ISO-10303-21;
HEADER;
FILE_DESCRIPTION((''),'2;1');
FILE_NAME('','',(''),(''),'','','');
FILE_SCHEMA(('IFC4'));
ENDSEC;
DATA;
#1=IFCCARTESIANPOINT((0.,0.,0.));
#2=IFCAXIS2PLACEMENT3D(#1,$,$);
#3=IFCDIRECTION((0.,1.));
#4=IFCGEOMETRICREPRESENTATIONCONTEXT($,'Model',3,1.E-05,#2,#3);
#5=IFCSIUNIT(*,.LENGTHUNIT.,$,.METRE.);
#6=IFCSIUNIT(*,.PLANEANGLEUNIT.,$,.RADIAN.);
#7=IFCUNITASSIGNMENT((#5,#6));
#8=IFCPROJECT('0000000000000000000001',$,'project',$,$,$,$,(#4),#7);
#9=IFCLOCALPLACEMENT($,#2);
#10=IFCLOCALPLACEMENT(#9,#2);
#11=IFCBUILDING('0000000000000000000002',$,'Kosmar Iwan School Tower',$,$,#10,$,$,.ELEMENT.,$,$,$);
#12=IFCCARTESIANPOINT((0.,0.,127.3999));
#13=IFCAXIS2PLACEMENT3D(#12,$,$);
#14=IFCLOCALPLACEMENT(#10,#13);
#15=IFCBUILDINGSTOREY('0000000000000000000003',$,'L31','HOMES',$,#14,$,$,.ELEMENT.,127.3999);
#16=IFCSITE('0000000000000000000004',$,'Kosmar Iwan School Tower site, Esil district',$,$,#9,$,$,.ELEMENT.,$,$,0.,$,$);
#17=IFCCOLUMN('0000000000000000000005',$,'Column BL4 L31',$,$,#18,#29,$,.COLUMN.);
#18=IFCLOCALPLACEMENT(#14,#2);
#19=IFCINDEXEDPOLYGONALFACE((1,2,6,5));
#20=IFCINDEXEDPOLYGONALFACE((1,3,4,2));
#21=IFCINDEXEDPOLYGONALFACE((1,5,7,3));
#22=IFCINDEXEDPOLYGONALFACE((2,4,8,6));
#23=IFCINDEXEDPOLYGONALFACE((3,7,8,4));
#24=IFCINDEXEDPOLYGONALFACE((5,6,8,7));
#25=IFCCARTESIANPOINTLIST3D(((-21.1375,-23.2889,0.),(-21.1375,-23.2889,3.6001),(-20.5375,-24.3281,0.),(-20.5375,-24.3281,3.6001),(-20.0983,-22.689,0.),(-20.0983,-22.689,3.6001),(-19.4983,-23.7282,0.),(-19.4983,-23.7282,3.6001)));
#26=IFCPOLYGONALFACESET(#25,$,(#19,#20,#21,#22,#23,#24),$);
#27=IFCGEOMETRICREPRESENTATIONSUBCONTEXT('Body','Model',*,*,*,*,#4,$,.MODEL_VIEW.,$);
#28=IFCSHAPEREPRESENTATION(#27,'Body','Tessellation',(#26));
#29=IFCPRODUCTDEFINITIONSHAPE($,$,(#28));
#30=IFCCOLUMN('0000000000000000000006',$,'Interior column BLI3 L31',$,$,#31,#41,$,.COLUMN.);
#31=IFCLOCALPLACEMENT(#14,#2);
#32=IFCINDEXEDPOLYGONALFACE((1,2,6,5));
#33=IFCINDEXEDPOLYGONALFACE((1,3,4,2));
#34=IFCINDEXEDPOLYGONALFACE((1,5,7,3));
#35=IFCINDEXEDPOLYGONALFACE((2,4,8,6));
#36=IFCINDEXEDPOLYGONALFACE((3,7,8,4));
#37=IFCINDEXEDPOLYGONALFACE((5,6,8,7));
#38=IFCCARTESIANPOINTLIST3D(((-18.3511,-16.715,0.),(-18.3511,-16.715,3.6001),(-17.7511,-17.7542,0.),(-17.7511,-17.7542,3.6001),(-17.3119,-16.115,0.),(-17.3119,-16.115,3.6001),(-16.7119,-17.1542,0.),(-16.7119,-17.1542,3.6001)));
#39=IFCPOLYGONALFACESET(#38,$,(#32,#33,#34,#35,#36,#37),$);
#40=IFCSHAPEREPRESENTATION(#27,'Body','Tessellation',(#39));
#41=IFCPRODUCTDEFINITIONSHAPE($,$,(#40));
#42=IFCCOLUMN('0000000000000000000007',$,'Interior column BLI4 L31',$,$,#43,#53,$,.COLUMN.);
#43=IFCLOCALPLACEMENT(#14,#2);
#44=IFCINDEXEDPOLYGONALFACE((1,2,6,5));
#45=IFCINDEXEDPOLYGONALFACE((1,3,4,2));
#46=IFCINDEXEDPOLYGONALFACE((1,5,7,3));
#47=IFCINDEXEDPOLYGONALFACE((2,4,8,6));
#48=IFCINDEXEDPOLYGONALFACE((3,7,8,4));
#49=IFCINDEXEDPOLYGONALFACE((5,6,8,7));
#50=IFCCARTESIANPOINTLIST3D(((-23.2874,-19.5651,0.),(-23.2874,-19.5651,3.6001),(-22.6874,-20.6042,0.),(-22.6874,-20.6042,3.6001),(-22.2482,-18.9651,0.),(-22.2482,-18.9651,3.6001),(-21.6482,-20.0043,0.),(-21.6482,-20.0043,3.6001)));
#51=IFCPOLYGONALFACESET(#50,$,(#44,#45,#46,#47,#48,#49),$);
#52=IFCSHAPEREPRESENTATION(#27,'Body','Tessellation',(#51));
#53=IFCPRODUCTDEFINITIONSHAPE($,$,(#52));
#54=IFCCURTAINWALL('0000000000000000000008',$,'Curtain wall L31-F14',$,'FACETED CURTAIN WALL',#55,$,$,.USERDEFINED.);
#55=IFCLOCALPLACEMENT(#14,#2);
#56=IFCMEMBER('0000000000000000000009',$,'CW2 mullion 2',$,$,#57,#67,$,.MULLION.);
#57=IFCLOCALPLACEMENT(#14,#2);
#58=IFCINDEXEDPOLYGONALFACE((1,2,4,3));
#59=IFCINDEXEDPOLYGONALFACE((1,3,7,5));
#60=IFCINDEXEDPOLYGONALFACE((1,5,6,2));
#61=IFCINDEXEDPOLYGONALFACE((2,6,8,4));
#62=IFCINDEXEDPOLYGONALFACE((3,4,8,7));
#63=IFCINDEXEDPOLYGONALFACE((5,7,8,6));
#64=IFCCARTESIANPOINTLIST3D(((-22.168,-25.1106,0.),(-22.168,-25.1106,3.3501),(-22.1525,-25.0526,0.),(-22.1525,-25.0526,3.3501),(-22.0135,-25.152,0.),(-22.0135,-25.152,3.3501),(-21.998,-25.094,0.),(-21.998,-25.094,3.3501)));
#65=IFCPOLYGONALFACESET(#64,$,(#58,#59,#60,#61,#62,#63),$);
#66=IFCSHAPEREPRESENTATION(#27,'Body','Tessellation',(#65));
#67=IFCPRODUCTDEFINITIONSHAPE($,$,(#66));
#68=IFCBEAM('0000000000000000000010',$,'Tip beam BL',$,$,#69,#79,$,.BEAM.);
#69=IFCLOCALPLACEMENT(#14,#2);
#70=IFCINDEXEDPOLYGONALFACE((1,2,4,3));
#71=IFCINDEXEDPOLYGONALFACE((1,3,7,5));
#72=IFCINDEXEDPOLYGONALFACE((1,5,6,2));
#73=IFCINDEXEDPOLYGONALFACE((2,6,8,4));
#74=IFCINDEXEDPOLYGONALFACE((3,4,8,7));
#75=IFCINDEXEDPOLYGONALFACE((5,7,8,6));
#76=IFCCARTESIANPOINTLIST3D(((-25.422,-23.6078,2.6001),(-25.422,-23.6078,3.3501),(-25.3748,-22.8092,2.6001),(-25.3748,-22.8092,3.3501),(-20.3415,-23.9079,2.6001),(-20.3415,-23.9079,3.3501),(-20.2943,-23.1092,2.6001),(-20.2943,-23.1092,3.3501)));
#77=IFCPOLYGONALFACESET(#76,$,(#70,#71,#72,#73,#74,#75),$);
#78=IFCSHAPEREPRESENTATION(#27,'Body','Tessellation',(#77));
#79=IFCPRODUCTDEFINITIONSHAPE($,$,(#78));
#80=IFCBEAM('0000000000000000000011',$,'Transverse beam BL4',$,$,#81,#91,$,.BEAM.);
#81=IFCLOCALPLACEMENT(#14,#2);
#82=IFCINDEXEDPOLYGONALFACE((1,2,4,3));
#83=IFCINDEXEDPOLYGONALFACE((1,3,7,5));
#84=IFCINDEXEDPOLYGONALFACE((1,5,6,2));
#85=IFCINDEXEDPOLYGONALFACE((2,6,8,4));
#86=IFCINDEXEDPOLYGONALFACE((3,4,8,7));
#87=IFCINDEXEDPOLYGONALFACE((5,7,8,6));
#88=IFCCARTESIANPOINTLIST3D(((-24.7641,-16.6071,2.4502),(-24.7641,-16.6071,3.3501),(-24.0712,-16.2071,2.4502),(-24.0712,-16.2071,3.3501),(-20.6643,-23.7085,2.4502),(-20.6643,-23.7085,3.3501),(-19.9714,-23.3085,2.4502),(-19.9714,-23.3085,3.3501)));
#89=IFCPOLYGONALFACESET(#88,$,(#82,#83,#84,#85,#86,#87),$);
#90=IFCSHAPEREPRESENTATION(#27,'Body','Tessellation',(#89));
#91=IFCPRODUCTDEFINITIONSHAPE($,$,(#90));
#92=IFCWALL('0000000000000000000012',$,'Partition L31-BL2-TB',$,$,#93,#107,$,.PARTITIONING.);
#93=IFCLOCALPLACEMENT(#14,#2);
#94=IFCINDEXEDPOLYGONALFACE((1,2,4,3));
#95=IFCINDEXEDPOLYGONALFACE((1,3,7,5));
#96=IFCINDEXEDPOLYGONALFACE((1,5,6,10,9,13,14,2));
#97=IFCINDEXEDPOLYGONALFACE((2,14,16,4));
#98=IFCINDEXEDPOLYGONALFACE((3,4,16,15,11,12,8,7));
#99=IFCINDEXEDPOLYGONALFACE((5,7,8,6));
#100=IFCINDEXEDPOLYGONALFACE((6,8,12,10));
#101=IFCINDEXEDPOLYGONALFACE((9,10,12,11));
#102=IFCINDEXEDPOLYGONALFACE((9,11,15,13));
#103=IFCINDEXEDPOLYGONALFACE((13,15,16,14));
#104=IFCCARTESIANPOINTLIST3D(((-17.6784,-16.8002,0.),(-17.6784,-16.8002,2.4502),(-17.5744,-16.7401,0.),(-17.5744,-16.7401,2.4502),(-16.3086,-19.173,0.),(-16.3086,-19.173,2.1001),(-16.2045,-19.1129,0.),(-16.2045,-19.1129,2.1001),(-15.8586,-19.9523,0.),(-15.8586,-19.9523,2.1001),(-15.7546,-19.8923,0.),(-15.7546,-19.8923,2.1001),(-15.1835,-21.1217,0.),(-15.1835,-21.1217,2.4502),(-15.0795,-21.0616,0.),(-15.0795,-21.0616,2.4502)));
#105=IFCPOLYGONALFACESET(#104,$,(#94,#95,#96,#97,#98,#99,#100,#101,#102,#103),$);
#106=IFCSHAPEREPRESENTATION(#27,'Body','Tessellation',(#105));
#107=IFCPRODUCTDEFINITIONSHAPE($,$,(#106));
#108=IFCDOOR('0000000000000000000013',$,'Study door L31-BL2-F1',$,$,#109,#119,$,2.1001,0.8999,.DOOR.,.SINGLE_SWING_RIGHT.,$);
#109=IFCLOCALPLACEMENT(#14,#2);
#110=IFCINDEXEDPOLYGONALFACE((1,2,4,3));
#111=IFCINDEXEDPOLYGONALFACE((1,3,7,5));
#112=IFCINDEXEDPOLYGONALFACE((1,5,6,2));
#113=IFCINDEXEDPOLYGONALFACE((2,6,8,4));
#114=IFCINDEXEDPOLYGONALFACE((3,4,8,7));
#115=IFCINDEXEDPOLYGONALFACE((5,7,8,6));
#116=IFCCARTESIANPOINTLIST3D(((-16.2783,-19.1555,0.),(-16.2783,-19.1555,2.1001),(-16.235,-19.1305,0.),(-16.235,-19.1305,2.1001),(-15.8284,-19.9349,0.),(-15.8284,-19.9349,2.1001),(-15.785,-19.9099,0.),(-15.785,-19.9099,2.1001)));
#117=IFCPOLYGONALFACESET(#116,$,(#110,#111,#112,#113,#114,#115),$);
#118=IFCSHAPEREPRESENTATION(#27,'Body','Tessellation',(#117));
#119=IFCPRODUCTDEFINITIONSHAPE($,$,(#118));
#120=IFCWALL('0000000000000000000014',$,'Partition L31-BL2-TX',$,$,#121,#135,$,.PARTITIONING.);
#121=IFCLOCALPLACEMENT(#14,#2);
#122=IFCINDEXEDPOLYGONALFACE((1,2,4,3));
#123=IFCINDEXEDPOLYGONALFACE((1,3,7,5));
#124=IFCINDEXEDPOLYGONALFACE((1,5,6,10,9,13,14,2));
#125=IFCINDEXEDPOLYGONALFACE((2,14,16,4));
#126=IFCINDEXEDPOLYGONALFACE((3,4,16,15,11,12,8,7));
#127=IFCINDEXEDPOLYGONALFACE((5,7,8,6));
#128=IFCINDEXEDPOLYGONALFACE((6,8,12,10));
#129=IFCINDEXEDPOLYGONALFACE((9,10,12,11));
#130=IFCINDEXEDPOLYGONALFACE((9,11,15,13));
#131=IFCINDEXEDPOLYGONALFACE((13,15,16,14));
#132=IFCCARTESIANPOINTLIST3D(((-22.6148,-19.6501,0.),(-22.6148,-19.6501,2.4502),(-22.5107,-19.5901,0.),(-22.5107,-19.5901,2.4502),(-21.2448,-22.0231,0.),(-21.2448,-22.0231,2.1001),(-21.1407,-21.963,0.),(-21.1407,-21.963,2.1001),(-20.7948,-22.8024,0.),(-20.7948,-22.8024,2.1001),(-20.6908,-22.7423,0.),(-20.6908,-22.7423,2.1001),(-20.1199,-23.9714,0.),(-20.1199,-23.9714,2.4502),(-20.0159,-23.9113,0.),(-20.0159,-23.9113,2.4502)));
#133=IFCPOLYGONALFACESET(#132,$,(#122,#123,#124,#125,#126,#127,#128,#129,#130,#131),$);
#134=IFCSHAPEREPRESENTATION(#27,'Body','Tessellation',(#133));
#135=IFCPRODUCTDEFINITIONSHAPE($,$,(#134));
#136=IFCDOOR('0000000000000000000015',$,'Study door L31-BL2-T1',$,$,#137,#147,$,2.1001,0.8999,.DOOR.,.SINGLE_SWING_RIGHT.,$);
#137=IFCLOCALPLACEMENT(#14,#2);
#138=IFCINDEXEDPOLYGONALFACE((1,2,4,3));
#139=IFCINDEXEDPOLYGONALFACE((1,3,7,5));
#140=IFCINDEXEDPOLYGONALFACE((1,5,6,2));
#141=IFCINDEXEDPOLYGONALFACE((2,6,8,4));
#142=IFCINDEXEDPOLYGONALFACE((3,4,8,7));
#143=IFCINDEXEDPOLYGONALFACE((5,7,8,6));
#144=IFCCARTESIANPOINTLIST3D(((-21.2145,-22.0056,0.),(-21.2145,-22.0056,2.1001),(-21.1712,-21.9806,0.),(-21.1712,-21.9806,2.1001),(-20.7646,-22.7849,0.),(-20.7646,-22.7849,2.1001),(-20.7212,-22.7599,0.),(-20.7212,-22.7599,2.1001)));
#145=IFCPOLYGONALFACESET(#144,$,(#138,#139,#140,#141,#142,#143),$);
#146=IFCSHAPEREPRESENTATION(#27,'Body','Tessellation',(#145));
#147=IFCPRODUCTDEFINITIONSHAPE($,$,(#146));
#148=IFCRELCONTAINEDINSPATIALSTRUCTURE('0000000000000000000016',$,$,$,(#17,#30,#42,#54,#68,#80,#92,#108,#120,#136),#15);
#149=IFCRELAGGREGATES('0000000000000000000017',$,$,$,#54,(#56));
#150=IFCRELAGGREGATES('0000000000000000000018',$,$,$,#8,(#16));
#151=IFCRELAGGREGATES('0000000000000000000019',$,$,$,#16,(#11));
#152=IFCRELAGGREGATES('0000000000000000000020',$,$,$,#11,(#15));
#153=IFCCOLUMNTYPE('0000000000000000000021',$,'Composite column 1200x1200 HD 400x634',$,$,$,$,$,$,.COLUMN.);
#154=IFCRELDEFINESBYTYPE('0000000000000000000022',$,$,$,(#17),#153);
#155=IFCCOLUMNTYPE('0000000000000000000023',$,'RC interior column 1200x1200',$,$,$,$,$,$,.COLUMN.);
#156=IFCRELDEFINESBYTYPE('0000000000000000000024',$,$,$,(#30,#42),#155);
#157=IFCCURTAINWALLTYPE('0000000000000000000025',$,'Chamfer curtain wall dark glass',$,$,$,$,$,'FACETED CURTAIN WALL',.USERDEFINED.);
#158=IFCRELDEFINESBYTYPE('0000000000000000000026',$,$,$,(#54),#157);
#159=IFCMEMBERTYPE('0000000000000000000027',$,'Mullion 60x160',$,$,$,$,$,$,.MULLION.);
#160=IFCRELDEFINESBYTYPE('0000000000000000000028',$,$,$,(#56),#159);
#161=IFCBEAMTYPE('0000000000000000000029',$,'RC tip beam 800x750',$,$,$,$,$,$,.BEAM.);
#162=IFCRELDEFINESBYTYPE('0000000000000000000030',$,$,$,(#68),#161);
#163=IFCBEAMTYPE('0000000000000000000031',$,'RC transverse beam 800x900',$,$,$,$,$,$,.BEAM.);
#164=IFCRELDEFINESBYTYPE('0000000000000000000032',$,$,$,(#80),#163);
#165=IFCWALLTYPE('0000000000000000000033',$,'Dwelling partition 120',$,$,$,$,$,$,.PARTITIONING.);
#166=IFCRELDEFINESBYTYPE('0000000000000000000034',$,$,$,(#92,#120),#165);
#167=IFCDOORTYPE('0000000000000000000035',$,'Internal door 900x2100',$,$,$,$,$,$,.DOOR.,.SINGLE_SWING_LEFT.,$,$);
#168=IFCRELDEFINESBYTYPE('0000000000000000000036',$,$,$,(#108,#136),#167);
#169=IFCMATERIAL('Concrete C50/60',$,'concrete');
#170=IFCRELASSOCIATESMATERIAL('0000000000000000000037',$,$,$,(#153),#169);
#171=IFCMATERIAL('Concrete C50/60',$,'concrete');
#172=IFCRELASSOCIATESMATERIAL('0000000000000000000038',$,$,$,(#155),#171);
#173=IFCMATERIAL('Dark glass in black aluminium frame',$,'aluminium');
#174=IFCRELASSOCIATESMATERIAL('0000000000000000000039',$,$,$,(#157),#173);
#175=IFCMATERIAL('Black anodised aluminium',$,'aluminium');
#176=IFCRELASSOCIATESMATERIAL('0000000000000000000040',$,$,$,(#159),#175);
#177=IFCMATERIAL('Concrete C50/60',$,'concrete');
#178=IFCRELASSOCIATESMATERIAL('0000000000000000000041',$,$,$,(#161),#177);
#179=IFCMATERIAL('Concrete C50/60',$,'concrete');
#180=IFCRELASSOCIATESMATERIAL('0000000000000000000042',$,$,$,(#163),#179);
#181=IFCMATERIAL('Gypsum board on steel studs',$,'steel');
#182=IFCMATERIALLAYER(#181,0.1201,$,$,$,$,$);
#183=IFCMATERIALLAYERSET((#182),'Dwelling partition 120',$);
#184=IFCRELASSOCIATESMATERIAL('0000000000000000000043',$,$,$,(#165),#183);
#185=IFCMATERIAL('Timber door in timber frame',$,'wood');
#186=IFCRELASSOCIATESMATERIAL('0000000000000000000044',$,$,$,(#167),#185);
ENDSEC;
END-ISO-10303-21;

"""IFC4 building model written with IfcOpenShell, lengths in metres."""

from ifc_helpers import new_model, si_unit, direction, frame, frame_2d, origin, origin_2d, place, context, subcontext, project, spatial, rectangle, extrude, material, layer, layer_set, material_profile, profile_set, type_object, element, fill, aggregate, save


model = new_model("IFC4")

# Units and contexts
model_context = context("Model", 3, precision=1e-05, world=origin(), true_north=direction((0.0, 1.0)))
body_context = subcontext(model_context, "Body", "Model", "MODEL_VIEW")
ifc_project = project(units=[si_unit("LENGTHUNIT", "METRE"), si_unit("PLANEANGLEUNIT", "RADIAN")], contexts=[model_context])

# Site, building, storey
site_placement = place(None, origin())
site = spatial("IfcSite", under=ifc_project, at=site_placement, Name="Kosmar Iwan School Tower site, Esil district", CompositionType="ELEMENT", RefElevation=0.0)
building_placement = place(site_placement, origin())
building = spatial("IfcBuilding", under=site, at=building_placement, Name="Kosmar Iwan School Tower", CompositionType="ELEMENT")
storey_placement = place(building_placement, frame((0.0, 0.0, 127.3999)))
storey = spatial("IfcBuildingStorey", under=building, at=storey_placement, Name="L31", Description="HOMES", CompositionType="ELEMENT", Elevation=127.3999)

# Columns
ifc_material_1 = material(Name="Concrete C50/60", Category="concrete")
ifc_material_profile_1 = material_profile(ifc_material_1, rectangle(XDim=1.2, YDim=1.2, at=origin_2d()), Name="RC 1200x1200 + HD 400x634")
ifc_profile_set_1 = profile_set([ifc_material_profile_1], Name="Concrete C50/60")
column_type_1 = type_object("IfcColumnType", Name="Composite column 1200x1200 HD 400x634", PredefinedType="COLUMN", material=ifc_profile_set_1)
column_placement = place(storey_placement, frame((-20.3179, -23.5085, 0.0), z_axis=(0.0, 0.0, 1.0), x_axis=(-0.866025, -0.5, 0.0)))
element("IfcColumn", 1, at=column_placement, inside=storey, type_object=column_type_1, Name="Column BL4 L31", PredefinedType="COLUMN", context=body_context, shape_type="SweptSolid", body=[
    extrude(rectangle(XDim=1.2, YDim=1.2, at=origin_2d()), origin(), (0.0, 0.0, 1.0), 3.6001),
])
ifc_material_2 = material(Name="Concrete C50/60", Category="concrete")
ifc_material_profile_2 = material_profile(ifc_material_2, rectangle(XDim=1.2, YDim=1.2, at=origin_2d()), Name="RC 1200x1200")
ifc_profile_set_2 = profile_set([ifc_material_profile_2], Name="Concrete C50/60")
column_type_2 = type_object("IfcColumnType", Name="RC interior column 1200x1200", PredefinedType="COLUMN", material=ifc_profile_set_2)
for number, where, z_axis, x_axis, name in (
    (2, (-17.5315, -16.9346, 0.0), (0.0, 0.0, 1.0), (-0.866025, -0.5, 0.0), "Interior column BLI3 L31"),
    (3, (-22.4678, -19.7847, 0.0), (0.0, 0.0, 1.0), (-0.866025, -0.5, 0.0), "Interior column BLI4 L31"),
):
    element("IfcColumn", number, at=place(storey_placement, frame(where, z_axis=z_axis, x_axis=x_axis)), inside=storey, type_object=column_type_2, Name=name, PredefinedType="COLUMN", context=body_context, shape_type="SweptSolid", body=[
        extrude(rectangle(XDim=1.2, YDim=1.2, at=origin_2d()), origin(), (0.0, 0.0, 1.0), 3.6001),
    ])

# Curtain wall, member
ifc_material_3 = material(Name="Dark glass in black aluminium frame", Category="aluminium")
curtain_wall_type = type_object("IfcCurtainWallType", Name="Chamfer curtain wall dark glass", ElementType="FACETED CURTAIN WALL", PredefinedType="USERDEFINED", material=ifc_material_3)
curtain_wall_placement = place(storey_placement, origin())
curtain_wall = element("IfcCurtainWall", 4, at=curtain_wall_placement, inside=storey, type_object=curtain_wall_type, Name="Curtain wall L31-F14", ObjectType="FACETED CURTAIN WALL", PredefinedType="USERDEFINED")
ifc_material_4 = material(Name="Black anodised aluminium", Category="aluminium")
ifc_material_profile_3 = material_profile(ifc_material_4, rectangle(XDim=0.0601, YDim=0.1599, at=origin_2d()), Name="MULLION 60x160")
ifc_profile_set_3 = profile_set([ifc_material_profile_3], Name="Black anodised aluminium")
member_type = type_object("IfcMemberType", Name="Mullion 60x160", PredefinedType="MULLION", material=ifc_profile_set_3)
member_placement = place(storey_placement, frame((-22.083, -25.1023, 0.0), z_axis=(0.0, 0.0, 1.0), x_axis=(0.258819, 0.965926, 0.0)))
member = element("IfcMember", 5, at=member_placement, type_object=member_type, Name="CW2 mullion 2", PredefinedType="MULLION", context=body_context, shape_type="SweptSolid", body=[
    extrude(rectangle(XDim=0.0601, YDim=0.1599, at=origin_2d()), origin(), (0.0, 0.0, 1.0), 3.3501),
])
aggregate(curtain_wall, [member])

# Beams
ifc_material_5 = material(Name="Concrete C50/60", Category="concrete")
ifc_material_profile_4 = material_profile(ifc_material_5, rectangle(XDim=0.8, YDim=0.75, at=origin_2d()), Name="RC 800x750")
ifc_profile_set_4 = profile_set([ifc_material_profile_4], Name="Concrete C50/60")
beam_type_1 = type_object("IfcBeamType", Name="RC tip beam 800x750", PredefinedType="BEAM", material=ifc_profile_set_4)
beam_1_placement = place(storey_placement, frame((-20.3179, -23.5085, 2.9751), z_axis=(-0.998261, 0.058955, 0.0), x_axis=(-0.058955, -0.998261, 0.0)))
element("IfcBeam", 6, at=beam_1_placement, inside=storey, type_object=beam_type_1, Name="Tip beam BL", PredefinedType="BEAM", context=body_context, shape_type="SweptSolid", body=[
    extrude(rectangle(XDim=0.8, YDim=0.75, at=origin_2d()), origin(), (0.0, 0.0, 1.0), 5.0894),
])
ifc_material_6 = material(Name="Concrete C50/60", Category="concrete")
ifc_material_profile_5 = material_profile(ifc_material_6, rectangle(XDim=0.8, YDim=0.8999, at=origin_2d()), Name="RC 800x900")
ifc_profile_set_5 = profile_set([ifc_material_profile_5], Name="Concrete C50/60")
beam_type_2 = type_object("IfcBeamType", Name="RC transverse beam 800x900", PredefinedType="BEAM", material=ifc_profile_set_5)
beam_2_placement = place(storey_placement, frame((-20.3179, -23.5085, 2.9001), z_axis=(-0.499978, 0.866038, 0.0), x_axis=(-0.866038, -0.499978, 0.0)))
element("IfcBeam", 7, at=beam_2_placement, inside=storey, type_object=beam_type_2, Name="Transverse beam BL4", PredefinedType="BEAM", context=body_context, shape_type="SweptSolid", body=[
    extrude(rectangle(XDim=0.8, YDim=0.8999, at=origin_2d()), origin(), (0.0, 0.0, 1.0), 8.2),
])

# Walls, openings, doors
ifc_material_7 = material(Name="Gypsum board on steel studs", Category="steel")
ifc_layer_1 = layer(ifc_material_7, 0.1201)
ifc_layer_set_1 = layer_set([ifc_layer_1], Name="Dwelling partition 120")
wall_type_1 = type_object("IfcWallType", Name="Dwelling partition 120", PredefinedType="PARTITIONING", material=ifc_layer_set_1)
wall_1_placement = place(storey_placement, frame((-17.6265, -16.77, 0.0), z_axis=(0.0, 0.0, 1.0), x_axis=(0.499975, -0.86604, 0.0)))
wall_1 = element("IfcWall", 8, at=wall_1_placement, inside=storey, type_object=wall_type_1, Name="Partition L31-BL2-TB", PredefinedType="PARTITIONING", context=body_context, shape_type="SweptSolid", body=[
    extrude(rectangle(XDim=4.99, YDim=0.1201, at=frame_2d((2.4951, 0.0))), origin(), (0.0, 0.0, 1.0), 2.4502),
])
opening_1_placement = place(wall_1_placement, frame((2.74, 0.0, 0.0)))
opening_1 = element("IfcOpeningElement", 9, at=opening_1_placement, cuts=wall_1, PredefinedType="OPENING", context=body_context, shape_type="SweptSolid", body=[
    extrude(rectangle(XDim=0.8999, YDim=2.1001, at=frame_2d((0.45, 1.05))), frame((0.0, 0.072, 0.0), z_axis=(0.0, -1.0, 0.0), x_axis=(1.0, 0.0, 0.0)), (0.0, 0.0, 1.0), 0.144),
])
ifc_material_8 = material(Name="Timber door in timber frame", Category="wood")
door_type = type_object("IfcDoorType", Name="Internal door 900x2100", OperationType="SINGLE_SWING_LEFT", PredefinedType="DOOR", material=ifc_material_8)
door_1_placement = place(opening_1_placement, origin())
door_1 = element("IfcDoor", 10, at=door_1_placement, inside=storey, type_object=door_type, Name="Study door L31-BL2-F1", OperationType="SINGLE_SWING_RIGHT", OverallHeight=2.1001, OverallWidth=0.8999, PredefinedType="DOOR", context=body_context, shape_type="SweptSolid", body=[
    extrude(rectangle(XDim=0.8999, YDim=2.1001, at=frame_2d((0.45, 1.05))), frame((0.0, 0.0249, 0.0), z_axis=(0.0, -1.0, 0.0), x_axis=(1.0, 0.0, 0.0)), (0.0, 0.0, 1.0), 0.05),
])
fill(opening_1, door_1)
wall_2_placement = place(storey_placement, frame((-22.5627, -19.6201, 0.0), z_axis=(0.0, 0.0, 1.0), x_axis=(0.499996, -0.866028, 0.0)))
wall_2 = element("IfcWall", 11, at=wall_2_placement, inside=storey, type_object=wall_type_1, Name="Partition L31-BL2-TX", PredefinedType="PARTITIONING", context=body_context, shape_type="SweptSolid", body=[
    extrude(rectangle(XDim=4.9897, YDim=0.1201, at=frame_2d((2.4949, 0.0))), origin(), (0.0, 0.0, 1.0), 2.4502),
])
opening_2_placement = place(wall_2_placement, frame((2.74, 0.0, 0.0)))
opening_2 = element("IfcOpeningElement", 12, at=opening_2_placement, cuts=wall_2, PredefinedType="OPENING", context=body_context, shape_type="SweptSolid", body=[
    extrude(rectangle(XDim=0.8999, YDim=2.1001, at=frame_2d((0.45, 1.05))), frame((0.0, 0.072, 0.0), z_axis=(0.0, -1.0, 0.0), x_axis=(1.0, 0.0, 0.0)), (0.0, 0.0, 1.0), 0.144),
])
door_2_placement = place(opening_2_placement, origin())
door_2 = element("IfcDoor", 13, at=door_2_placement, inside=storey, type_object=door_type, Name="Study door L31-BL2-T1", OperationType="SINGLE_SWING_RIGHT", OverallHeight=2.1001, OverallWidth=0.8999, PredefinedType="DOOR", context=body_context, shape_type="SweptSolid", body=[
    extrude(rectangle(XDim=0.8999, YDim=2.1001, at=frame_2d((0.45, 1.05))), frame((0.0, 0.0249, 0.0), z_axis=(0.0, -1.0, 0.0), x_axis=(1.0, 0.0, 0.0)), (0.0, 0.0, 1.0), 0.05),
])
fill(opening_2, door_2)

save(model, "model.ifc")
